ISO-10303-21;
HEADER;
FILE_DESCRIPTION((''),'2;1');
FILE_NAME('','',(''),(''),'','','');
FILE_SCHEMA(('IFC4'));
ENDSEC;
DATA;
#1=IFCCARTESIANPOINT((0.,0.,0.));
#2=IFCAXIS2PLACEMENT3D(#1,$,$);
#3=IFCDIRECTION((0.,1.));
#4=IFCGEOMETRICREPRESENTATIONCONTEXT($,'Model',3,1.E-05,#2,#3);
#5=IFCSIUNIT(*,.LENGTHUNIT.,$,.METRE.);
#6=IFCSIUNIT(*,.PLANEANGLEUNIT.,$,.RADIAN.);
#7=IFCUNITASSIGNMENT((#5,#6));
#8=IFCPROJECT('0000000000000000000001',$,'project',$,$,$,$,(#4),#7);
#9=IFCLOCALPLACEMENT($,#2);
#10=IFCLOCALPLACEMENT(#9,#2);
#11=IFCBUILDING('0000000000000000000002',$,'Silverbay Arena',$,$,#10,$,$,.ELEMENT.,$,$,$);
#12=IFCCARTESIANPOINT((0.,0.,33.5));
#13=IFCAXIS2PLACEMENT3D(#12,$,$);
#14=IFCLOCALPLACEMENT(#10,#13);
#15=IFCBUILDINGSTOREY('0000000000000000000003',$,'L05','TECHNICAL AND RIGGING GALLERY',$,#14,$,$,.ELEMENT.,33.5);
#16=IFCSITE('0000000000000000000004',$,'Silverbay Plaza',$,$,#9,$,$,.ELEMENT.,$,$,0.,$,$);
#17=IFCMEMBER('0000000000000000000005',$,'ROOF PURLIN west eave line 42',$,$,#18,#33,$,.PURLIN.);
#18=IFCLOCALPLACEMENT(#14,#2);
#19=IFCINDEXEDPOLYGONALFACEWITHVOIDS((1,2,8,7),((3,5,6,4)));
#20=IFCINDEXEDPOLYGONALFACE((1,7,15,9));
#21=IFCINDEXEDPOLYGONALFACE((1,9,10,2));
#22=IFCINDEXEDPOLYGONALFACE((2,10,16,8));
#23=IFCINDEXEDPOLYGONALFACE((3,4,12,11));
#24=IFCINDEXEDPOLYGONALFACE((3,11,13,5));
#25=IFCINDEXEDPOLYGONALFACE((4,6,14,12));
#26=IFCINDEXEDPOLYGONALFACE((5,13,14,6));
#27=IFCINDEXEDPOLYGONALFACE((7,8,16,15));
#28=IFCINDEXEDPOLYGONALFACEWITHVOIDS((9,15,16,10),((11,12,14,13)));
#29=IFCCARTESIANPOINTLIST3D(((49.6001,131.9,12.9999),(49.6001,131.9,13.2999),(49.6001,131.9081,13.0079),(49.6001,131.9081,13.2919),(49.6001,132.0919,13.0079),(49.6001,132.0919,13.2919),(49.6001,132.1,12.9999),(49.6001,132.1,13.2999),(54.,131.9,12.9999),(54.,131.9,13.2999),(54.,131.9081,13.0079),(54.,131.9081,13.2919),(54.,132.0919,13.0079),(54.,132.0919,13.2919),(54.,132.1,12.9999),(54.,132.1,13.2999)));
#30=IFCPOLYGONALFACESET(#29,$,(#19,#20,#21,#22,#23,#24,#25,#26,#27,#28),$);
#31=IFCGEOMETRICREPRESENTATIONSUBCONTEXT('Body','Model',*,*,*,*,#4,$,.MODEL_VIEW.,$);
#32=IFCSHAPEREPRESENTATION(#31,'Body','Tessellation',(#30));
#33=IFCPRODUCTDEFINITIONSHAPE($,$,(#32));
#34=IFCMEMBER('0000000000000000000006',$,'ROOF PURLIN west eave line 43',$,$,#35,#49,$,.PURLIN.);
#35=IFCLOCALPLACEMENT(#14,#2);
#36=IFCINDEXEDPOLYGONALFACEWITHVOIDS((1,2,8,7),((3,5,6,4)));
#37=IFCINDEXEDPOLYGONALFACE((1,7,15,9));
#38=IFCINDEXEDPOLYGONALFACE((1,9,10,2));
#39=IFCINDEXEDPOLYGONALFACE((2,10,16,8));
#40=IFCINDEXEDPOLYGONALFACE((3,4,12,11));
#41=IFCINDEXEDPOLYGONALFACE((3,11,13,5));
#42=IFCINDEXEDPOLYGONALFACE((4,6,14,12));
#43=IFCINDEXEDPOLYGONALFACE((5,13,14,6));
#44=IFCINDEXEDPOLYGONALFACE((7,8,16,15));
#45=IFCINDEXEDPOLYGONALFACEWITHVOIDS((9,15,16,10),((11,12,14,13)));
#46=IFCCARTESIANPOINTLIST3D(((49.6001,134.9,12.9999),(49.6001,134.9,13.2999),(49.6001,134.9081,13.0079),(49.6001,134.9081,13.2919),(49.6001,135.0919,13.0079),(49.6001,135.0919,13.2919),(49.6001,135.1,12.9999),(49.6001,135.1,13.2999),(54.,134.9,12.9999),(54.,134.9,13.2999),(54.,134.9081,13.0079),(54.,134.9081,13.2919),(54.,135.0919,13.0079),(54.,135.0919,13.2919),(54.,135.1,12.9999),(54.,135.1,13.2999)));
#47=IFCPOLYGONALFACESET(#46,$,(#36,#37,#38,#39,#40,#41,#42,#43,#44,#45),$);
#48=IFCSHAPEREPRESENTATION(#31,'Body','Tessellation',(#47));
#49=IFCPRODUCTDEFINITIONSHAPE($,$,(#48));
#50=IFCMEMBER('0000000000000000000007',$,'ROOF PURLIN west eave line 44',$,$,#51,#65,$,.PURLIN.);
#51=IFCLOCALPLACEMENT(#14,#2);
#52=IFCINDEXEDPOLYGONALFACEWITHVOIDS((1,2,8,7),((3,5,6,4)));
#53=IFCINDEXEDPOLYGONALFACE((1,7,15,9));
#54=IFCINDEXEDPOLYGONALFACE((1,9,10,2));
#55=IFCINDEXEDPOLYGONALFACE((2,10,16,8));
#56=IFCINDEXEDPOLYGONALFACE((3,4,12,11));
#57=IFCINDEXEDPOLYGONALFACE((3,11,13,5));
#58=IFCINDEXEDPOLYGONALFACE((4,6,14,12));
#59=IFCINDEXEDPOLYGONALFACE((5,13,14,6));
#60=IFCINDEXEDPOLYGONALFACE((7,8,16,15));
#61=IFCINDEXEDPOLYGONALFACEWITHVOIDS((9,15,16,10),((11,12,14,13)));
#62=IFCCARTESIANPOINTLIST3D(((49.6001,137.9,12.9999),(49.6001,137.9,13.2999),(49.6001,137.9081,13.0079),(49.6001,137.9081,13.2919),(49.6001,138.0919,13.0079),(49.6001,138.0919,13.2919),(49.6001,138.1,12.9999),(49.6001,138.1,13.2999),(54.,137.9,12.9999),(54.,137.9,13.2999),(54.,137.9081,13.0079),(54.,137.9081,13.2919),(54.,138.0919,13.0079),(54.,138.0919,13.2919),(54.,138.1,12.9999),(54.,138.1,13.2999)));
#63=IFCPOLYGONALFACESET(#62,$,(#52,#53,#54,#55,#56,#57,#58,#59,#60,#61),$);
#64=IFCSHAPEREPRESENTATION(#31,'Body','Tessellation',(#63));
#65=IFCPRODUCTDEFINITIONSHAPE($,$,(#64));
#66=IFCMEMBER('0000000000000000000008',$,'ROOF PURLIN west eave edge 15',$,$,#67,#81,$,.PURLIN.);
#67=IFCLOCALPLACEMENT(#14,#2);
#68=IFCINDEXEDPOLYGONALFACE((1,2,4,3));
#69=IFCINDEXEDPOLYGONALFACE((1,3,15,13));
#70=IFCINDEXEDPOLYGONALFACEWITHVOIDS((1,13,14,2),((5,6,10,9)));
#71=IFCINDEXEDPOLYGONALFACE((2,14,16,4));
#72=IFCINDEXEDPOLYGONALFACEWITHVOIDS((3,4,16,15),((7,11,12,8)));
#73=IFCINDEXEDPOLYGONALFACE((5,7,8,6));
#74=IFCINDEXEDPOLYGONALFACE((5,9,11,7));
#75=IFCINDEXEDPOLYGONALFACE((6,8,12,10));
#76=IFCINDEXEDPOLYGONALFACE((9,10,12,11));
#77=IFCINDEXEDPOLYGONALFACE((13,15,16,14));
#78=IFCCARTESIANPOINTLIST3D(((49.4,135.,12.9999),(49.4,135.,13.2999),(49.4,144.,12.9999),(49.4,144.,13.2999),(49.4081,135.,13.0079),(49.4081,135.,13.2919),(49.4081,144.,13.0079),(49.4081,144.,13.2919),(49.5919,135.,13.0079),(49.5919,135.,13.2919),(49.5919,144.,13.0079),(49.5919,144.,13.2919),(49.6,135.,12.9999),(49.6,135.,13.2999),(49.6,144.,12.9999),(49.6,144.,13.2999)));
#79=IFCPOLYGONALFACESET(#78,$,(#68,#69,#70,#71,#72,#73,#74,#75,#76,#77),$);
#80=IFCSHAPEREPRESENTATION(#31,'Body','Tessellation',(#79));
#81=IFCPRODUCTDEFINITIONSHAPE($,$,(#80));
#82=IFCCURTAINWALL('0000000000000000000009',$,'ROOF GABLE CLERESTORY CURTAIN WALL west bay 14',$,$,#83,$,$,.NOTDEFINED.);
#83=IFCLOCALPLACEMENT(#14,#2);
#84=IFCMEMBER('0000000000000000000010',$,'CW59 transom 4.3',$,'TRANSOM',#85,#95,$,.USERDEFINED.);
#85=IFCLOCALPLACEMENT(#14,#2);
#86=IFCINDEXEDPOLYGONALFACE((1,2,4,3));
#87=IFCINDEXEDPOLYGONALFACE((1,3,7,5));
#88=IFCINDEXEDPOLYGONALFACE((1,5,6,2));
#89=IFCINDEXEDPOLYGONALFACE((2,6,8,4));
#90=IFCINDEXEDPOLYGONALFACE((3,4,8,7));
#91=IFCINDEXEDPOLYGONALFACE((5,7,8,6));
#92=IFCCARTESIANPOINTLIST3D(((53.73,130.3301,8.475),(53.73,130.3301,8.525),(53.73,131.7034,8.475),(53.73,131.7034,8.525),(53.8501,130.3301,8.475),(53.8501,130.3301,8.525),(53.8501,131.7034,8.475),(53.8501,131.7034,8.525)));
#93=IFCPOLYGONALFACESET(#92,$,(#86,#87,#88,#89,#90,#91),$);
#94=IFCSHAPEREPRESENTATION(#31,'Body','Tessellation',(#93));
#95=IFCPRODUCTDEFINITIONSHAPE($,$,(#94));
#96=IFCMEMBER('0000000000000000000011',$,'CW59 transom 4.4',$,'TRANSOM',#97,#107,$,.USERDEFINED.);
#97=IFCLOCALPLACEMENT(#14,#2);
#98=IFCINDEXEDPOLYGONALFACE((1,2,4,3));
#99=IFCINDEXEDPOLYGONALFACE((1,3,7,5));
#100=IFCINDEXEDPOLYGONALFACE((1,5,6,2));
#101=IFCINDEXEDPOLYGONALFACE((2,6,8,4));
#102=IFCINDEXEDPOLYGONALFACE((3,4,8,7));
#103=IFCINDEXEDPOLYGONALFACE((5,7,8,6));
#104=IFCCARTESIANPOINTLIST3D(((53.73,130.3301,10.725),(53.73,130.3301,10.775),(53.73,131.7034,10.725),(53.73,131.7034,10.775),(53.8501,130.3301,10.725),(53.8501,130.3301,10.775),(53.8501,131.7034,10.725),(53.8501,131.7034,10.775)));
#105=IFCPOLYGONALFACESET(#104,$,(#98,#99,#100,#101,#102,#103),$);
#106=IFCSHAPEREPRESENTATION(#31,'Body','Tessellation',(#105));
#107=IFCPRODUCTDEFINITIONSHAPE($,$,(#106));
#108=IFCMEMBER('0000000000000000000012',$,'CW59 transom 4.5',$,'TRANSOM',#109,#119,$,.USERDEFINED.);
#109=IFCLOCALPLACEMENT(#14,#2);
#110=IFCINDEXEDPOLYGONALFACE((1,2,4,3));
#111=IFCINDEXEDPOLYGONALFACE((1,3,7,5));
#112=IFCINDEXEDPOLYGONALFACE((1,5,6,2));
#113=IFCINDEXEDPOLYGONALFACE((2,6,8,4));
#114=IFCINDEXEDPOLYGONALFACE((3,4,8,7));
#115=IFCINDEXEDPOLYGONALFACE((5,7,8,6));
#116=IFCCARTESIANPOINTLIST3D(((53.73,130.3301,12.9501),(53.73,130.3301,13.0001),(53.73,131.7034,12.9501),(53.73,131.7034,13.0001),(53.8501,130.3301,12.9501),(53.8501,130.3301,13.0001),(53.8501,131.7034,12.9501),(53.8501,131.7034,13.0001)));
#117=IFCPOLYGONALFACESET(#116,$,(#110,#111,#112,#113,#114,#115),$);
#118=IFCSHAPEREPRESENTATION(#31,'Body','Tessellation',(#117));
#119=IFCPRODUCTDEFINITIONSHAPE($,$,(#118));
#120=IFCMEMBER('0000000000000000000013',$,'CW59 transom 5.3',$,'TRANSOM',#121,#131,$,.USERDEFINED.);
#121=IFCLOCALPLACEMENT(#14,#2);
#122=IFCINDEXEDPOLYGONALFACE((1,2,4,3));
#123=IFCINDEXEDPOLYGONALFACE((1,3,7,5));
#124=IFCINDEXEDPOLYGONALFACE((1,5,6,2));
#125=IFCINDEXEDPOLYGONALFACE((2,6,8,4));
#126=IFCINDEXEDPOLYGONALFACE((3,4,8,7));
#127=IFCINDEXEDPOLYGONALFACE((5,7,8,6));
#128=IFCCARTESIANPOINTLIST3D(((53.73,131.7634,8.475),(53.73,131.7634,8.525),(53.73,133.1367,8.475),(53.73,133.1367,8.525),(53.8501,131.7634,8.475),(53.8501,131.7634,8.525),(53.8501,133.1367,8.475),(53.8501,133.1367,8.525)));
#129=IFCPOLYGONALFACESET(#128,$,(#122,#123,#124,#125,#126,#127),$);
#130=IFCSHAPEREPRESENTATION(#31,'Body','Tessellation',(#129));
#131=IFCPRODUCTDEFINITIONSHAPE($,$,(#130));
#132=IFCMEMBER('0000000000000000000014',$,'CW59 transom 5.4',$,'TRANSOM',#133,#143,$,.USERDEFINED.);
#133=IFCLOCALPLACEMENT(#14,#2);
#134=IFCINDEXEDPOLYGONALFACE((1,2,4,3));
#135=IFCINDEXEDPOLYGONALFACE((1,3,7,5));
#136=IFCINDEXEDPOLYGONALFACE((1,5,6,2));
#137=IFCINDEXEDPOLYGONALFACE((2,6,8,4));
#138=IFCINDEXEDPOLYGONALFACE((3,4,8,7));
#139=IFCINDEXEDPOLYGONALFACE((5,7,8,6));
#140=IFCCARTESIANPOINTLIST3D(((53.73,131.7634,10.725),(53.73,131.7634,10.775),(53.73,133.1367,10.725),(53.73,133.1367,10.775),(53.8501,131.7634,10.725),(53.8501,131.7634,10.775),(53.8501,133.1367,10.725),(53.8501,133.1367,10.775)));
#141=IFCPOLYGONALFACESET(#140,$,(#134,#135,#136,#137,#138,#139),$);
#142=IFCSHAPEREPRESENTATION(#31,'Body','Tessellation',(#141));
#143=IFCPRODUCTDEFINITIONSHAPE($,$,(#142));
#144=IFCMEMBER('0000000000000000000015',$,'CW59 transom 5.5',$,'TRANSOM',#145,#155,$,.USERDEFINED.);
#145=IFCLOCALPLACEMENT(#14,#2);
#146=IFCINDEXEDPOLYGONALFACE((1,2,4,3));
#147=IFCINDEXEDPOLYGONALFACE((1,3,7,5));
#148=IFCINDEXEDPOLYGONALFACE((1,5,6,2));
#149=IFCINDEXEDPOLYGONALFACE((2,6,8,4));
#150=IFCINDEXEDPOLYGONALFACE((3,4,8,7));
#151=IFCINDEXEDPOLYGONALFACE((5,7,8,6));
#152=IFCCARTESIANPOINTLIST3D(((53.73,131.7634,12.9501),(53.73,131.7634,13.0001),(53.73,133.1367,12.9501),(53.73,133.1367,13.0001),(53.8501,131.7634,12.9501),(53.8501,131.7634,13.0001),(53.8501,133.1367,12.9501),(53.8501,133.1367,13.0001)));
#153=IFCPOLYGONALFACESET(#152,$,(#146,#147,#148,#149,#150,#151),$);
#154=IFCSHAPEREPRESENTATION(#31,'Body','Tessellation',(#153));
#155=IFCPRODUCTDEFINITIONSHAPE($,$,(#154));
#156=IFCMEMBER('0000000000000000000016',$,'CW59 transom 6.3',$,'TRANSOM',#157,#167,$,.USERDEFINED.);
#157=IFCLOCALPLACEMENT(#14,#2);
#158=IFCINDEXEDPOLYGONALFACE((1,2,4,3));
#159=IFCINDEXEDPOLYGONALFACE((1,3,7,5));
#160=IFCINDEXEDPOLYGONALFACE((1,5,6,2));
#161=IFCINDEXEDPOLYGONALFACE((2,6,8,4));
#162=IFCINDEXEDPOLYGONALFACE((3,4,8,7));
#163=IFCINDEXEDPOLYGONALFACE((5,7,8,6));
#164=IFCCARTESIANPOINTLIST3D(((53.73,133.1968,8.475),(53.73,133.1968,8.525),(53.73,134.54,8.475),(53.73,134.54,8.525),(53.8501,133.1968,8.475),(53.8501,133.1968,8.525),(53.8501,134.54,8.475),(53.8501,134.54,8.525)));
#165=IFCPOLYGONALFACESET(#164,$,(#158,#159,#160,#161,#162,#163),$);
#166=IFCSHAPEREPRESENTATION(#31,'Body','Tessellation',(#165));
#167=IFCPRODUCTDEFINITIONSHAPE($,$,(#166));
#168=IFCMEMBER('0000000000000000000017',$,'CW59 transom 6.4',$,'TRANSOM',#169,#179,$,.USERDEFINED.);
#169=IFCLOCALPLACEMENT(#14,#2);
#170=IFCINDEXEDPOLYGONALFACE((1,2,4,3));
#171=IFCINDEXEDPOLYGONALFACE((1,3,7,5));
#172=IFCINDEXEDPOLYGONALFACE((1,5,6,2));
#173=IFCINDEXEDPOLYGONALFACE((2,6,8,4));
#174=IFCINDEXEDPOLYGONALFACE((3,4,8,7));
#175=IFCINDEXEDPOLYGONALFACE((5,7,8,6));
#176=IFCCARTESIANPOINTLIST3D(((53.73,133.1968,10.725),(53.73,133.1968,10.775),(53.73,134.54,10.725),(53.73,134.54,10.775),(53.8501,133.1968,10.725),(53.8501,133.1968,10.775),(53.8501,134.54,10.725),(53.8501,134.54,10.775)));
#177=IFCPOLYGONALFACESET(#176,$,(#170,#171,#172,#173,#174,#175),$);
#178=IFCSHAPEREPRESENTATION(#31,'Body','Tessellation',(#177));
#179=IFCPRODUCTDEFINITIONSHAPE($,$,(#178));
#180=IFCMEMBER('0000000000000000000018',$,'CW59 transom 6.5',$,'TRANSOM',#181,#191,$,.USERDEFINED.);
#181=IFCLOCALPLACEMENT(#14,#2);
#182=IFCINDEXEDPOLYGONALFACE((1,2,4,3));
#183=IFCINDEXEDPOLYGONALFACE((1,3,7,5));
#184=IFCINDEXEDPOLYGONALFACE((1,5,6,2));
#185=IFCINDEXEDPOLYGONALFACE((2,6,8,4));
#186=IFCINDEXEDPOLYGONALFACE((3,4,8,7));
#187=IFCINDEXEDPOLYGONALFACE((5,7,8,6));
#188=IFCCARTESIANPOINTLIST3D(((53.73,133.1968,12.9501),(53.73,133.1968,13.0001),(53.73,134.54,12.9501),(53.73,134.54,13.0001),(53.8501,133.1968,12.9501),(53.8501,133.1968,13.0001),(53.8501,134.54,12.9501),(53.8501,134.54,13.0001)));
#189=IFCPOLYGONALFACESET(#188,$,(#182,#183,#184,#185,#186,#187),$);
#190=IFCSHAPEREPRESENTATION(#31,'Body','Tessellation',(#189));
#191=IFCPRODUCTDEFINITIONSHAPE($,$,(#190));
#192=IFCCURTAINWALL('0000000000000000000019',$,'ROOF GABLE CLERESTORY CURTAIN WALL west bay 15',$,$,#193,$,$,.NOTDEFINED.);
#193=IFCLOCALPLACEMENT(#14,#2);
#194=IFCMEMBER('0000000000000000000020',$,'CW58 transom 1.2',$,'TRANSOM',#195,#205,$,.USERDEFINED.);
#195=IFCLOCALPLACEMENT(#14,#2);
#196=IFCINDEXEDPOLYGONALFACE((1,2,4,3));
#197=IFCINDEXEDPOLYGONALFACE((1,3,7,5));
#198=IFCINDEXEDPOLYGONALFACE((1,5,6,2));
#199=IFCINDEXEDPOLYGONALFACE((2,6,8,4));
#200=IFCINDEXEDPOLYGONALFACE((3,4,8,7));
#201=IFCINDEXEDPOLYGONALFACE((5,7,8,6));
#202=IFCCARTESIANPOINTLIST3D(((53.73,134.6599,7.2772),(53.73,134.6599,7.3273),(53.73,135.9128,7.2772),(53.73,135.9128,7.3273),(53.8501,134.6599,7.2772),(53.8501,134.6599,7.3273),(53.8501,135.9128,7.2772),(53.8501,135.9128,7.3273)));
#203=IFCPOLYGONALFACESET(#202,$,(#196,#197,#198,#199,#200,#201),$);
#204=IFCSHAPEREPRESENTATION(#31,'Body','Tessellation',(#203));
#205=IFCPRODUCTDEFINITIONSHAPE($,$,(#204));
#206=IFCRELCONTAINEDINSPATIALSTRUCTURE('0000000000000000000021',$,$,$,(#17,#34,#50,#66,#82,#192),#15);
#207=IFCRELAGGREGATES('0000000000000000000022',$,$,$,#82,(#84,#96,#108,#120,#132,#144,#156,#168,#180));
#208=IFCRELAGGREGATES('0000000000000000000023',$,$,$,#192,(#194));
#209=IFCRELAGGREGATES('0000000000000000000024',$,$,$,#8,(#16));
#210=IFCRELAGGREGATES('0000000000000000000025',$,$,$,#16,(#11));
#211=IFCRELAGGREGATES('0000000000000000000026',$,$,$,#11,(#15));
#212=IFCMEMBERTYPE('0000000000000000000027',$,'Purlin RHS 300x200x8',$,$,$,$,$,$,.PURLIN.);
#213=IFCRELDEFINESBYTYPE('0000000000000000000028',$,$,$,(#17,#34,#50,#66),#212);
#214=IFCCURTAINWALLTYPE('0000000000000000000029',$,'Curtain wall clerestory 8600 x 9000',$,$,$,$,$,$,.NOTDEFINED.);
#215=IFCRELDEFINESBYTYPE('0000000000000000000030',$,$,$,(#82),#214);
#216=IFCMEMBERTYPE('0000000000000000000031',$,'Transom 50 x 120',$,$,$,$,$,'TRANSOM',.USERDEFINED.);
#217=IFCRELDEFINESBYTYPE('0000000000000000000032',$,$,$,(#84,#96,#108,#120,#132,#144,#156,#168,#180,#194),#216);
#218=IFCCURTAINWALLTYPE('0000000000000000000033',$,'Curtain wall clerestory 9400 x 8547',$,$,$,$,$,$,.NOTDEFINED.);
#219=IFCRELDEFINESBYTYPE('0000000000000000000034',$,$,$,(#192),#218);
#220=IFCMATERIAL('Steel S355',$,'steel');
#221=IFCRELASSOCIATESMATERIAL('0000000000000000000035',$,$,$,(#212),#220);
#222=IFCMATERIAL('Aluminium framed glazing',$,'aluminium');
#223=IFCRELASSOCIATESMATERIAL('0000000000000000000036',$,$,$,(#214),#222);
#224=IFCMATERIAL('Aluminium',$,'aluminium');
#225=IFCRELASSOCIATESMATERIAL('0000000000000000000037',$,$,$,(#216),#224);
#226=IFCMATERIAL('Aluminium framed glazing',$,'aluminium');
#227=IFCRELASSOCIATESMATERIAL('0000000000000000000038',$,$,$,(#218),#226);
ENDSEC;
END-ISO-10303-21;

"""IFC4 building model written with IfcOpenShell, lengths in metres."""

from ifc_helpers import new_model, si_unit, direction, frame, origin, origin_2d, place, context, subcontext, project, spatial, rectangle, hollow_rectangle, extrude, material, material_profile, profile_set, type_object, element, aggregate, save


model = new_model("IFC4")

# Units and contexts
model_context = context("Model", 3, precision=1e-05, world=origin(), true_north=direction((0.0, 1.0)))
body_context = subcontext(model_context, "Body", "Model", "MODEL_VIEW")
ifc_project = project(units=[si_unit("LENGTHUNIT", "METRE"), si_unit("PLANEANGLEUNIT", "RADIAN")], contexts=[model_context])

# Site, building, storey
site_placement = place(None, origin())
site = spatial("IfcSite", under=ifc_project, at=site_placement, Name="Silverbay Plaza", CompositionType="ELEMENT", RefElevation=0.0)
building_placement = place(site_placement, origin())
building = spatial("IfcBuilding", under=site, at=building_placement, Name="Silverbay Arena", CompositionType="ELEMENT")
storey_placement = place(building_placement, frame((0.0, 0.0, 33.5)))
storey = spatial("IfcBuildingStorey", under=building, at=storey_placement, Name="L05", Description="TECHNICAL AND RIGGING GALLERY", CompositionType="ELEMENT", Elevation=33.5)

# Members
ifc_material_1 = material(Name="Steel S355", Category="steel")
ifc_material_profile_1 = material_profile(ifc_material_1, hollow_rectangle(XDim=0.2, YDim=0.3, WallThickness=0.0081, at=origin_2d()), Name="RHS 300x200x8")
ifc_profile_set_1 = profile_set([ifc_material_profile_1], Name="Steel S355")
member_type_1 = type_object("IfcMemberType", Name="Purlin RHS 300x200x8", PredefinedType="PURLIN", material=ifc_profile_set_1)
for number, where, z_axis, x_axis, name in (
    (1, (49.6001, 132.0, 13.1499), (1.0, 0.0, 0.0), (0.0, 1.0, 0.0), "ROOF PURLIN west eave line 42"),
    (2, (49.6001, 135.0, 13.1499), (1.0, 0.0, 0.0), (0.0, 1.0, 0.0), "ROOF PURLIN west eave line 43"),
    (3, (49.6001, 138.0, 13.1499), (1.0, 0.0, 0.0), (0.0, 1.0, 0.0), "ROOF PURLIN west eave line 44"),
):
    element("IfcMember", number, at=place(storey_placement, frame(where, z_axis=z_axis, x_axis=x_axis)), inside=storey, type_object=member_type_1, Name=name, PredefinedType="PURLIN", context=body_context, shape_type="SweptSolid", body=[
        extrude(hollow_rectangle(XDim=0.2, YDim=0.3, WallThickness=0.0081, at=origin_2d()), origin(), (0.0, 0.0, 1.0), 4.3999),
    ])
member_1_placement = place(storey_placement, frame((49.5, 135.0, 13.1499), z_axis=(0.0, 1.0, 0.0), x_axis=(-1.0, 0.0, 0.0)))
element("IfcMember", 4, at=member_1_placement, inside=storey, type_object=member_type_1, Name="ROOF PURLIN west eave edge 15", PredefinedType="PURLIN", context=body_context, shape_type="SweptSolid", body=[
    extrude(hollow_rectangle(XDim=0.2, YDim=0.3, WallThickness=0.0081, at=origin_2d()), origin(), (0.0, 0.0, 1.0), 9.0),
])

# Curtain walls, members
ifc_material_2 = material(Name="Aluminium framed glazing", Category="aluminium")
curtain_wall_type_1 = type_object("IfcCurtainWallType", Name="Curtain wall clerestory 8600 x 9000", PredefinedType="NOTDEFINED", material=ifc_material_2)
curtain_wall_1_placement = place(storey_placement, origin())
curtain_wall_1 = element("IfcCurtainWall", 5, at=curtain_wall_1_placement, inside=storey, type_object=curtain_wall_type_1, Name="ROOF GABLE CLERESTORY CURTAIN WALL west bay 14", PredefinedType="NOTDEFINED")
ifc_material_3 = material(Name="Aluminium", Category="aluminium")
ifc_material_profile_2 = material_profile(ifc_material_3, rectangle(XDim=0.1201, YDim=0.05, at=origin_2d()), Name="Transom 50 x 120")
ifc_profile_set_2 = profile_set([ifc_material_profile_2], Name="Aluminium")
member_type_2 = type_object("IfcMemberType", Name="Transom 50 x 120", ElementType="TRANSOM", PredefinedType="USERDEFINED", material=ifc_profile_set_2)
member_2_placement = place(storey_placement, frame((53.79, 130.3301, 8.5), z_axis=(0.0, 1.0, 0.0), x_axis=(-1.0, 0.0, 0.0)))
member_2 = element("IfcMember", 6, at=member_2_placement, type_object=member_type_2, Name="CW59 transom 4.3", ObjectType="TRANSOM", PredefinedType="USERDEFINED", context=body_context, shape_type="SweptSolid", body=[
    extrude(rectangle(XDim=0.1201, YDim=0.05, at=origin_2d()), origin(), (0.0, 0.0, 1.0), 1.3733),
])
member_3_placement = place(storey_placement, frame((53.79, 130.3301, 10.75), z_axis=(0.0, 1.0, 0.0), x_axis=(-1.0, 0.0, 0.0)))
member_3 = element("IfcMember", 7, at=member_3_placement, type_object=member_type_2, Name="CW59 transom 4.4", ObjectType="TRANSOM", PredefinedType="USERDEFINED", context=body_context, shape_type="SweptSolid", body=[
    extrude(rectangle(XDim=0.1201, YDim=0.05, at=origin_2d()), origin(), (0.0, 0.0, 1.0), 1.3733),
])
member_4_placement = place(storey_placement, frame((53.79, 130.3301, 12.9751), z_axis=(0.0, 1.0, 0.0), x_axis=(-1.0, 0.0, 0.0)))
member_4 = element("IfcMember", 8, at=member_4_placement, type_object=member_type_2, Name="CW59 transom 4.5", ObjectType="TRANSOM", PredefinedType="USERDEFINED", context=body_context, shape_type="SweptSolid", body=[
    extrude(rectangle(XDim=0.1201, YDim=0.05, at=origin_2d()), origin(), (0.0, 0.0, 1.0), 1.3733),
])
member_5_placement = place(storey_placement, frame((53.79, 131.7634, 8.5), z_axis=(0.0, 1.0, 0.0), x_axis=(-1.0, 0.0, 0.0)))
member_5 = element("IfcMember", 9, at=member_5_placement, type_object=member_type_2, Name="CW59 transom 5.3", ObjectType="TRANSOM", PredefinedType="USERDEFINED", context=body_context, shape_type="SweptSolid", body=[
    extrude(rectangle(XDim=0.1201, YDim=0.05, at=origin_2d()), origin(), (0.0, 0.0, 1.0), 1.3733),
])
member_6_placement = place(storey_placement, frame((53.79, 131.7634, 10.75), z_axis=(0.0, 1.0, 0.0), x_axis=(-1.0, 0.0, 0.0)))
member_6 = element("IfcMember", 10, at=member_6_placement, type_object=member_type_2, Name="CW59 transom 5.4", ObjectType="TRANSOM", PredefinedType="USERDEFINED", context=body_context, shape_type="SweptSolid", body=[
    extrude(rectangle(XDim=0.1201, YDim=0.05, at=origin_2d()), origin(), (0.0, 0.0, 1.0), 1.3733),
])
member_7_placement = place(storey_placement, frame((53.79, 131.7634, 12.9751), z_axis=(0.0, 1.0, 0.0), x_axis=(-1.0, 0.0, 0.0)))
member_7 = element("IfcMember", 11, at=member_7_placement, type_object=member_type_2, Name="CW59 transom 5.5", ObjectType="TRANSOM", PredefinedType="USERDEFINED", context=body_context, shape_type="SweptSolid", body=[
    extrude(rectangle(XDim=0.1201, YDim=0.05, at=origin_2d()), origin(), (0.0, 0.0, 1.0), 1.3733),
])
member_8_placement = place(storey_placement, frame((53.79, 133.1968, 8.5), z_axis=(0.0, 1.0, 0.0), x_axis=(-1.0, 0.0, 0.0)))
member_8 = element("IfcMember", 12, at=member_8_placement, type_object=member_type_2, Name="CW59 transom 6.3", ObjectType="TRANSOM", PredefinedType="USERDEFINED", context=body_context, shape_type="SweptSolid", body=[
    extrude(rectangle(XDim=0.1201, YDim=0.05, at=origin_2d()), origin(), (0.0, 0.0, 1.0), 1.3433),
])
member_9_placement = place(storey_placement, frame((53.79, 133.1968, 10.75), z_axis=(0.0, 1.0, 0.0), x_axis=(-1.0, 0.0, 0.0)))
member_9 = element("IfcMember", 13, at=member_9_placement, type_object=member_type_2, Name="CW59 transom 6.4", ObjectType="TRANSOM", PredefinedType="USERDEFINED", context=body_context, shape_type="SweptSolid", body=[
    extrude(rectangle(XDim=0.1201, YDim=0.05, at=origin_2d()), origin(), (0.0, 0.0, 1.0), 1.3433),
])
member_10_placement = place(storey_placement, frame((53.79, 133.1968, 12.9751), z_axis=(0.0, 1.0, 0.0), x_axis=(-1.0, 0.0, 0.0)))
member_10 = element("IfcMember", 14, at=member_10_placement, type_object=member_type_2, Name="CW59 transom 6.5", ObjectType="TRANSOM", PredefinedType="USERDEFINED", context=body_context, shape_type="SweptSolid", body=[
    extrude(rectangle(XDim=0.1201, YDim=0.05, at=origin_2d()), origin(), (0.0, 0.0, 1.0), 1.3433),
])
ifc_material_4 = material(Name="Aluminium framed glazing", Category="aluminium")
curtain_wall_type_2 = type_object("IfcCurtainWallType", Name="Curtain wall clerestory 9400 x 8547", PredefinedType="NOTDEFINED", material=ifc_material_4)
curtain_wall_2_placement = place(storey_placement, origin())
curtain_wall_2 = element("IfcCurtainWall", 15, at=curtain_wall_2_placement, inside=storey, type_object=curtain_wall_type_2, Name="ROOF GABLE CLERESTORY CURTAIN WALL west bay 15", PredefinedType="NOTDEFINED")
member_11_placement = place(storey_placement, frame((53.79, 134.6599, 7.3022), z_axis=(0.0, 1.0, 0.0), x_axis=(-1.0, 0.0, 0.0)))
member_11 = element("IfcMember", 16, at=member_11_placement, type_object=member_type_2, Name="CW58 transom 1.2", ObjectType="TRANSOM", PredefinedType="USERDEFINED", context=body_context, shape_type="SweptSolid", body=[
    extrude(rectangle(XDim=0.1201, YDim=0.05, at=origin_2d()), origin(), (0.0, 0.0, 1.0), 1.2529),
])

aggregate(curtain_wall_1, [member_2, member_3, member_4, member_5, member_6, member_7, member_8, member_9, member_10])
aggregate(curtain_wall_2, [member_11])

save(model, "model.ifc")
